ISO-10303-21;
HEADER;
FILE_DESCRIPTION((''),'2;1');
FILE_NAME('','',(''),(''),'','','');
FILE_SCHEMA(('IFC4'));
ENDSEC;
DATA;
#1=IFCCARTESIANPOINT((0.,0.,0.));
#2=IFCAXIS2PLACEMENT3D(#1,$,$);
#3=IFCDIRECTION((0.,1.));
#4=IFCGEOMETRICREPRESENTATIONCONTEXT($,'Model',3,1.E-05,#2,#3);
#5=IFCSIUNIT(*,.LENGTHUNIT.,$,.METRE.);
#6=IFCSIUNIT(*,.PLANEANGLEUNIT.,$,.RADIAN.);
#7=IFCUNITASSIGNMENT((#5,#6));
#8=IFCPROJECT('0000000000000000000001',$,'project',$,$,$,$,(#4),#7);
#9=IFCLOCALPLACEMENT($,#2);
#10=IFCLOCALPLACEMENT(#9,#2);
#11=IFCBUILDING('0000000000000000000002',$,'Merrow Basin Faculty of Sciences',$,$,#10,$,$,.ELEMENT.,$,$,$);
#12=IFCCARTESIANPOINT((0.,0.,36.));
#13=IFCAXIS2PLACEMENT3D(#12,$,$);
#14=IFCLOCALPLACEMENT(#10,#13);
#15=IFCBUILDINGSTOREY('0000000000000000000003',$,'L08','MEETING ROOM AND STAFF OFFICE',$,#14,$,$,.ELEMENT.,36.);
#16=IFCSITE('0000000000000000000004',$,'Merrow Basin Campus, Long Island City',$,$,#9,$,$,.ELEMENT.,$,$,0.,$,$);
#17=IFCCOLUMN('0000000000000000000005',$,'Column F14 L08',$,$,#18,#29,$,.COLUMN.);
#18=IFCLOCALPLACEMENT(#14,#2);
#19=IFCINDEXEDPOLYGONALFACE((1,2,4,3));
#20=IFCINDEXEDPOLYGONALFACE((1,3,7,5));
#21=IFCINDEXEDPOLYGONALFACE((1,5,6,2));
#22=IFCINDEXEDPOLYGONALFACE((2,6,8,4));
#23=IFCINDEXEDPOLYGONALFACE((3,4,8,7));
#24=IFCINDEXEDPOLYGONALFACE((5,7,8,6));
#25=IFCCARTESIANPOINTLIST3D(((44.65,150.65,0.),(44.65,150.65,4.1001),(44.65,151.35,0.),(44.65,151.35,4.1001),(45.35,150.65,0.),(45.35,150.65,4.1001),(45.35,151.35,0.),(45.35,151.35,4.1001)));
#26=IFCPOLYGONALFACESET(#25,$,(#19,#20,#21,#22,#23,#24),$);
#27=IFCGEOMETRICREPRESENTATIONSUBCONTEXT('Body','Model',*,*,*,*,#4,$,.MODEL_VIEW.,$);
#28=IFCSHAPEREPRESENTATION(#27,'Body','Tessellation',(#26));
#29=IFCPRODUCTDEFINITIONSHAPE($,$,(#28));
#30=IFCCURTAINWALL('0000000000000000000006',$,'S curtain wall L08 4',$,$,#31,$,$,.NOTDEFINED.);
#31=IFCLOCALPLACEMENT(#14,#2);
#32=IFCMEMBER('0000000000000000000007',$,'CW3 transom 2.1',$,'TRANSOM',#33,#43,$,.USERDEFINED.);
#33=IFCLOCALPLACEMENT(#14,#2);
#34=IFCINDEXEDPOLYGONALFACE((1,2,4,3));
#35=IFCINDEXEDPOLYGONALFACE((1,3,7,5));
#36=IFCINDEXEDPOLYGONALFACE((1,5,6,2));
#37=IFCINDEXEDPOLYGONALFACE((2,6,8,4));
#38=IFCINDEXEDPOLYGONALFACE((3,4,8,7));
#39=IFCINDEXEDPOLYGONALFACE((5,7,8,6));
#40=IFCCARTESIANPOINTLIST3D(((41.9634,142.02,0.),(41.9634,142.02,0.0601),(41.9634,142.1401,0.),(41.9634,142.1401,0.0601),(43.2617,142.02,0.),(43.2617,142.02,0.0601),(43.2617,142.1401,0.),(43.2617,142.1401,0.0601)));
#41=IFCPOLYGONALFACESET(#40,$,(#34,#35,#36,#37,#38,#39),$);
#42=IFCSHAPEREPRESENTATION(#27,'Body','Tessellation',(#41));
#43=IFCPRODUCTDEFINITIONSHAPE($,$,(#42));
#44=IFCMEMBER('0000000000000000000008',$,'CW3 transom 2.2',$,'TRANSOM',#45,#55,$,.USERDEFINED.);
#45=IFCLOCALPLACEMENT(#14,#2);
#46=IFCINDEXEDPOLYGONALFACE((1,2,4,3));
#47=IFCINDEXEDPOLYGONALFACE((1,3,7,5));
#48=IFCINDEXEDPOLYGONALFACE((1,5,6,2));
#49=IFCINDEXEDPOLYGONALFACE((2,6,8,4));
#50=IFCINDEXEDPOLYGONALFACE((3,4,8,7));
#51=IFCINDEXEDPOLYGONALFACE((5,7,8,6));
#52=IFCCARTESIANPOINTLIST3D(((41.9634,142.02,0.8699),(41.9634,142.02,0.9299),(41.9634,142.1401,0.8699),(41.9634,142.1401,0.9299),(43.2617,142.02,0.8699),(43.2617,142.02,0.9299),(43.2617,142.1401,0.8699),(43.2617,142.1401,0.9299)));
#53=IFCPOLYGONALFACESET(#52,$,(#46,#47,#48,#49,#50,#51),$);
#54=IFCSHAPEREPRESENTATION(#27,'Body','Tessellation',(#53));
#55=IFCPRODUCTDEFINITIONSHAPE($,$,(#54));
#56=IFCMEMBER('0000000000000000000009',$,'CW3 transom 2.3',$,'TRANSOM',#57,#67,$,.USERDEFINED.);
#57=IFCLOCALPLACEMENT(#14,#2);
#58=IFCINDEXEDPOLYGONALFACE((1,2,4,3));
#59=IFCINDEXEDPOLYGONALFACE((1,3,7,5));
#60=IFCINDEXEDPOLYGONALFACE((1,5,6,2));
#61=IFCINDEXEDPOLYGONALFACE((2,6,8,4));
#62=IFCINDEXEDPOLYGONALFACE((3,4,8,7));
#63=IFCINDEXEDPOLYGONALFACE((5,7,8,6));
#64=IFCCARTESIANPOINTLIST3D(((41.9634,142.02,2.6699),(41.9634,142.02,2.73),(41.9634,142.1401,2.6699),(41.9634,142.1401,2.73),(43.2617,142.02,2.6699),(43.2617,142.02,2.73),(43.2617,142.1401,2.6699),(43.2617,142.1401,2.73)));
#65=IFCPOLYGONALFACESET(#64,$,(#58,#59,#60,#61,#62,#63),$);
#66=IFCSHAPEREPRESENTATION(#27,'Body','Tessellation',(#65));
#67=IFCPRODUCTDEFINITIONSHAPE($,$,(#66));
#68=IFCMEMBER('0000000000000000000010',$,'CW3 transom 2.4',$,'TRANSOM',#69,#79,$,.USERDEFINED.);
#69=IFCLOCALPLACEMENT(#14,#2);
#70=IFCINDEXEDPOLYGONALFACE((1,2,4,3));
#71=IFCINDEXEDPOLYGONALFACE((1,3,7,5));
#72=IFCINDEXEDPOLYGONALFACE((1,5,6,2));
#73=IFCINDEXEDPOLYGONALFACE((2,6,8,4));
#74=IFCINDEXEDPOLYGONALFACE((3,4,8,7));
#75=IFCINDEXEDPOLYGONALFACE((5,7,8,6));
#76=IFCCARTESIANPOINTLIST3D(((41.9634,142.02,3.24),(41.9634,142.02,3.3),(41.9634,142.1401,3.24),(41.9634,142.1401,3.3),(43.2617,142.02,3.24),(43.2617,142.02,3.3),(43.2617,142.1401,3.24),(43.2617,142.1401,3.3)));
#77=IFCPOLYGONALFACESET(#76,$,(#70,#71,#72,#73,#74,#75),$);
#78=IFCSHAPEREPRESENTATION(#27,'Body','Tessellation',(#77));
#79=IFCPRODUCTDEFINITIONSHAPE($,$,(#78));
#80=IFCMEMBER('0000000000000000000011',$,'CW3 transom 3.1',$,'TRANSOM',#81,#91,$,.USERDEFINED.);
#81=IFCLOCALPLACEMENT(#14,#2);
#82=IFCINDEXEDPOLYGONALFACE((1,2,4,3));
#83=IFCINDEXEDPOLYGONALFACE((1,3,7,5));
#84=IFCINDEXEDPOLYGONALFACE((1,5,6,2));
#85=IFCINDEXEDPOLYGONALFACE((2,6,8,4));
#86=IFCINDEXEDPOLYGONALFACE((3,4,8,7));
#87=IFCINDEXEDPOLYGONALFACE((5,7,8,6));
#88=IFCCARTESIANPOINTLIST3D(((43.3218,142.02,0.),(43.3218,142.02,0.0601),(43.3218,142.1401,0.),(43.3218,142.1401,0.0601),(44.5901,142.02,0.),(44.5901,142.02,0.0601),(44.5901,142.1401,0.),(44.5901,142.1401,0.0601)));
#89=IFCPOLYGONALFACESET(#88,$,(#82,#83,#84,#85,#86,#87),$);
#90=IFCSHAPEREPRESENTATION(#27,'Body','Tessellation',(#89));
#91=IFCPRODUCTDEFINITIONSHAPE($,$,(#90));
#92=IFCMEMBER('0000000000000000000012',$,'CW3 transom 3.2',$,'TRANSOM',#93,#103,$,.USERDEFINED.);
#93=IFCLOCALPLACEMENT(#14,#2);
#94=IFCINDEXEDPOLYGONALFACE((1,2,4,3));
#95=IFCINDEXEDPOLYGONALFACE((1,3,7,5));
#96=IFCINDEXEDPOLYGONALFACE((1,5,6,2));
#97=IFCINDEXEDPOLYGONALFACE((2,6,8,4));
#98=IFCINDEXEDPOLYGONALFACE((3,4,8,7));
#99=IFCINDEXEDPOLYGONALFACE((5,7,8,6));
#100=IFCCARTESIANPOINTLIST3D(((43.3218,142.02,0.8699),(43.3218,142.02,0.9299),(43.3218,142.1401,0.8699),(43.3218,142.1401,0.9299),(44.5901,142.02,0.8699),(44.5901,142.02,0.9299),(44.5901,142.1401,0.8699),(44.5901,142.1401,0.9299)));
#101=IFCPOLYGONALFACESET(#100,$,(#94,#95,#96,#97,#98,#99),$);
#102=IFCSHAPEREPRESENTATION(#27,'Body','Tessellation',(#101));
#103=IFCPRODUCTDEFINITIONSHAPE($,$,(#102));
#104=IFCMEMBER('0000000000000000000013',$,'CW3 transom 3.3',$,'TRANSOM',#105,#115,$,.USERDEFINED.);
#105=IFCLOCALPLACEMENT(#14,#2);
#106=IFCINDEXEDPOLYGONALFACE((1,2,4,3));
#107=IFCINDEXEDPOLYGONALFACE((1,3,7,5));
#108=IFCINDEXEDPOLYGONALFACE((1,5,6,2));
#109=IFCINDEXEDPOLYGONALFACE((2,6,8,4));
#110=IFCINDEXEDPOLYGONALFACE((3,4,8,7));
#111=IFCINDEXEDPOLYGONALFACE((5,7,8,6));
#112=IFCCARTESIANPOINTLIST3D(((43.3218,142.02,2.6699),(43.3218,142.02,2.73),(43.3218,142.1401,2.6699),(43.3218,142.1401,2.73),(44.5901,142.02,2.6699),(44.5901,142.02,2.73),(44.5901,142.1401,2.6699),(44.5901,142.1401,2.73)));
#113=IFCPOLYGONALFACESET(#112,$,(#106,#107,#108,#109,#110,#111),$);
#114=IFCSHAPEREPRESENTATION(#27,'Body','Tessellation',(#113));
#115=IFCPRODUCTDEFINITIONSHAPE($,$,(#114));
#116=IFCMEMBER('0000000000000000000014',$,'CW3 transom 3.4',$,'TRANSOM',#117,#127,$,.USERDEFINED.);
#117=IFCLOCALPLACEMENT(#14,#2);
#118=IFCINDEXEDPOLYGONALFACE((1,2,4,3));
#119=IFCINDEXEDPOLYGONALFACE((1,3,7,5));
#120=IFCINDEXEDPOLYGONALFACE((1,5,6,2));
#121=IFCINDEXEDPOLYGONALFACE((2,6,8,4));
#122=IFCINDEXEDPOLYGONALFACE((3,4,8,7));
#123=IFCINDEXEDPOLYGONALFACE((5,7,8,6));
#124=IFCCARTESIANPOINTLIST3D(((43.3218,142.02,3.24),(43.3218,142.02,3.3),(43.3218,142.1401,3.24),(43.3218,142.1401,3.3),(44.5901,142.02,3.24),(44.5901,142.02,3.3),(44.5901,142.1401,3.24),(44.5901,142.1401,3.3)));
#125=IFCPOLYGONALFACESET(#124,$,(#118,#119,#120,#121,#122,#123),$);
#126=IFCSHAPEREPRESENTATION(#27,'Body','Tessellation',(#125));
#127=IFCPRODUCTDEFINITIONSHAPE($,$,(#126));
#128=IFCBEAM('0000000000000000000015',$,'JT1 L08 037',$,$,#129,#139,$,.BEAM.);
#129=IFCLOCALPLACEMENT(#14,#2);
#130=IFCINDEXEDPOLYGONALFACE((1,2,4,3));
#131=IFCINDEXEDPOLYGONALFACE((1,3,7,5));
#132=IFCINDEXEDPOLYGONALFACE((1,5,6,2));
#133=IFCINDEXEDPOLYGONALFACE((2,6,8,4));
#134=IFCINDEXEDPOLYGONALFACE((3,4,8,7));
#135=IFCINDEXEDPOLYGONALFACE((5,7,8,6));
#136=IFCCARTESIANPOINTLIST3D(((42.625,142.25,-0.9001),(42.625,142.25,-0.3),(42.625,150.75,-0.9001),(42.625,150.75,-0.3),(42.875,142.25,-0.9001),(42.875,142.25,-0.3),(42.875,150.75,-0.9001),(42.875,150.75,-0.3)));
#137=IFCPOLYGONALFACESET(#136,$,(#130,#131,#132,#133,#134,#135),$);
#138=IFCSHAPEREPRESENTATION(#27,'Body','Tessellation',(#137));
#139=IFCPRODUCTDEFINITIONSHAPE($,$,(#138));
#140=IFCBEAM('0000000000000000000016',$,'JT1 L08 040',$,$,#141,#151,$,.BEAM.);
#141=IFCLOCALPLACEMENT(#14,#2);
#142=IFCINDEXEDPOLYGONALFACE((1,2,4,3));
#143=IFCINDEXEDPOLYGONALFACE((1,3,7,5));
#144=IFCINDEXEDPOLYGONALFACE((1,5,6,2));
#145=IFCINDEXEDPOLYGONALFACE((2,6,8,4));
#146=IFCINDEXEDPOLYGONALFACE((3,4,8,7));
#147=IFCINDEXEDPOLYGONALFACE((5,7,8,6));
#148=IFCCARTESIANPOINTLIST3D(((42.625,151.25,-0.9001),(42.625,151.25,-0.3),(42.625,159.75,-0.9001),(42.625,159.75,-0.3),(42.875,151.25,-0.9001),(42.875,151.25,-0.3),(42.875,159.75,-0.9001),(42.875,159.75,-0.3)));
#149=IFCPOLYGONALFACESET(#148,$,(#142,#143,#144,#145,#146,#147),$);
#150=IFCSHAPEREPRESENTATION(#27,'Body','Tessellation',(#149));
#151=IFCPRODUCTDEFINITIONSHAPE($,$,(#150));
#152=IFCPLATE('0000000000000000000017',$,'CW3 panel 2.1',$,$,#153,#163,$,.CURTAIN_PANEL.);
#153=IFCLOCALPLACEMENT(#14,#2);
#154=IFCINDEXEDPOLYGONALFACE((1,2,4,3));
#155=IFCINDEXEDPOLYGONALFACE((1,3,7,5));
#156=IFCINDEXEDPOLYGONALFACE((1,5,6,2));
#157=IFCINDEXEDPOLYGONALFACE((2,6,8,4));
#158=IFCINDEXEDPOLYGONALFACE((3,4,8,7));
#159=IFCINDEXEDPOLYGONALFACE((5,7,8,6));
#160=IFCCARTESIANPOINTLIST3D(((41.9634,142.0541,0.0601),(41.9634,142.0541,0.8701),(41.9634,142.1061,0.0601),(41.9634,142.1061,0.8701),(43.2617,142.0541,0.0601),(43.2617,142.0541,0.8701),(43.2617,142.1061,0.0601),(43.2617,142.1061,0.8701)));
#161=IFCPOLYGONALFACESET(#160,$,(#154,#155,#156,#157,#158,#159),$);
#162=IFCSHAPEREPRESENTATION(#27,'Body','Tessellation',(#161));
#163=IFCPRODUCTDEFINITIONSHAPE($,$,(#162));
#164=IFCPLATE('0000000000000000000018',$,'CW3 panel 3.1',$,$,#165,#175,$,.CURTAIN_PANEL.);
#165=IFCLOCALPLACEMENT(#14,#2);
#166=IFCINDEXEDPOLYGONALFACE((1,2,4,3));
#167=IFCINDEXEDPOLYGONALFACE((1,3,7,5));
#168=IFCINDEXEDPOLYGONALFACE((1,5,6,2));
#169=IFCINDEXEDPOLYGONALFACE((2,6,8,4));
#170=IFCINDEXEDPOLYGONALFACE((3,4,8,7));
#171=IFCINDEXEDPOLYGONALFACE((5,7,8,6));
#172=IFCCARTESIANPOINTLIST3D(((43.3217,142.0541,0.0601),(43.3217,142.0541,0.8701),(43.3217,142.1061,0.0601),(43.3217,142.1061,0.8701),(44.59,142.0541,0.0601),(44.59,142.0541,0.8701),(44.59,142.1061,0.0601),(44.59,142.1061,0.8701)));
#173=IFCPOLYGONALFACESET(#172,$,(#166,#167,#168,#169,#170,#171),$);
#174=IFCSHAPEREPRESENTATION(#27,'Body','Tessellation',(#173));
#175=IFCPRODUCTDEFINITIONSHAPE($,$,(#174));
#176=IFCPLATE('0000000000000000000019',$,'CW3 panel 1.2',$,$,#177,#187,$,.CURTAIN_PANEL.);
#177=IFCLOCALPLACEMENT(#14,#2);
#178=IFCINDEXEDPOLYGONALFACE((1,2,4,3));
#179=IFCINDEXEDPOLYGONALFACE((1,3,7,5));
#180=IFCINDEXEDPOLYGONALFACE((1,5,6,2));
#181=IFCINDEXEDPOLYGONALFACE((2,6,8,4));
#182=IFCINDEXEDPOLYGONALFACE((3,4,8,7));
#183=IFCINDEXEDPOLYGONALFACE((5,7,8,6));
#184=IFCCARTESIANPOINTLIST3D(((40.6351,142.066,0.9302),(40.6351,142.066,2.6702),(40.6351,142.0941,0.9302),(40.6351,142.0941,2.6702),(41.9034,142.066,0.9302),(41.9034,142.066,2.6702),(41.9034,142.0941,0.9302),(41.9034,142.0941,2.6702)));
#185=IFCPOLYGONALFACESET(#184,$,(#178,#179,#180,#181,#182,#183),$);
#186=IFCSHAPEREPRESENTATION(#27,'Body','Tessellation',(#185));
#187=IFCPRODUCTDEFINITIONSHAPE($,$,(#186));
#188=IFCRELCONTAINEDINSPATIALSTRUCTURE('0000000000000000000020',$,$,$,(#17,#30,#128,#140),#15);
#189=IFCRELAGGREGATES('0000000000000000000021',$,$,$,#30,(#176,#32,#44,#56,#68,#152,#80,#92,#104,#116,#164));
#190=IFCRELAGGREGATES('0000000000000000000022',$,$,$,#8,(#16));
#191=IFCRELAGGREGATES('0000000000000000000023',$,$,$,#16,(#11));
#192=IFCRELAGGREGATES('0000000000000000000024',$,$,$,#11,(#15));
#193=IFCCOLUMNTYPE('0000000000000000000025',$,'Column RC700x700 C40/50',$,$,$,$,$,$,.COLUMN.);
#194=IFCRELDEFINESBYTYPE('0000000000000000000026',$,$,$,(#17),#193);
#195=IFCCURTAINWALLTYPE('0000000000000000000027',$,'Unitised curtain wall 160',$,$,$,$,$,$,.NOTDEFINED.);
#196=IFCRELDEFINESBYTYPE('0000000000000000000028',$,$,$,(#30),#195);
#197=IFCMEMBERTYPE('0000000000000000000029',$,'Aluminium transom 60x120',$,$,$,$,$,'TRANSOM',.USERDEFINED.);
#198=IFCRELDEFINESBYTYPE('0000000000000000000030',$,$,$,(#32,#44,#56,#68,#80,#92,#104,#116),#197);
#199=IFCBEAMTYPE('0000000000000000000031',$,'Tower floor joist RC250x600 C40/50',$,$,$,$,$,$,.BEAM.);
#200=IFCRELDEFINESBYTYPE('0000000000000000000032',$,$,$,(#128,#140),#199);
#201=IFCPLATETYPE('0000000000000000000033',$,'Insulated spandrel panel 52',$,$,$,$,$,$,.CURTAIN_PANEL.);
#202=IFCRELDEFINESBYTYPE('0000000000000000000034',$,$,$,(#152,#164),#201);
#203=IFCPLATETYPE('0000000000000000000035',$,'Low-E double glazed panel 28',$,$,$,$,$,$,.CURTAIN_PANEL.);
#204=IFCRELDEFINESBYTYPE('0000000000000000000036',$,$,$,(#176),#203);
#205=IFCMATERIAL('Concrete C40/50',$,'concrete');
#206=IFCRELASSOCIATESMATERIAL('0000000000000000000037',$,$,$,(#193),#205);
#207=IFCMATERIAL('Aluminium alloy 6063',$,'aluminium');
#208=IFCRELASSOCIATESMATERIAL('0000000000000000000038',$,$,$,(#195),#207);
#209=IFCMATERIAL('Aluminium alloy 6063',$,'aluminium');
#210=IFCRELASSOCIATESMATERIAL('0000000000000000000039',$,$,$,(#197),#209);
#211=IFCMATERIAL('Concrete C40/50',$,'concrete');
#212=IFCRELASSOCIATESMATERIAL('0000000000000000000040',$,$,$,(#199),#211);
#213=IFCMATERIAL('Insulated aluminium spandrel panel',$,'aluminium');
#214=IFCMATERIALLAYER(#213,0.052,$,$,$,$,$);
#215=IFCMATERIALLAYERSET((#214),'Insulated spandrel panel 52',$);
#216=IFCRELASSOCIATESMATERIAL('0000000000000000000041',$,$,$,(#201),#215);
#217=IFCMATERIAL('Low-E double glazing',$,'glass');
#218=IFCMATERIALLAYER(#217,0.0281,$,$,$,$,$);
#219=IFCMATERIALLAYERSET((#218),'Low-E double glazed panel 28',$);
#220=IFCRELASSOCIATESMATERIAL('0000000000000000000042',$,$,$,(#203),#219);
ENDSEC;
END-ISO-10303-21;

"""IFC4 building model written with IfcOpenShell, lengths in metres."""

from ifc_helpers import new_model, si_unit, direction, frame, origin, origin_2d, place, context, subcontext, project, spatial, rectangle, extrude, material, layer, layer_set, material_profile, profile_set, type_object, element, aggregate, save


model = new_model("IFC4")

# Units and contexts
model_context = context("Model", 3, precision=1e-05, world=origin(), true_north=direction((0.0, 1.0)))
body_context = subcontext(model_context, "Body", "Model", "MODEL_VIEW")
ifc_project = project(units=[si_unit("LENGTHUNIT", "METRE"), si_unit("PLANEANGLEUNIT", "RADIAN")], contexts=[model_context])

# Site, building, storey
site_placement = place(None, origin())
site = spatial("IfcSite", under=ifc_project, at=site_placement, Name="Merrow Basin Campus, Long Island City", CompositionType="ELEMENT", RefElevation=0.0)
building_placement = place(site_placement, origin())
building = spatial("IfcBuilding", under=site, at=building_placement, Name="Merrow Basin Faculty of Sciences", CompositionType="ELEMENT")
storey_placement = place(building_placement, frame((0.0, 0.0, 36.0)))
storey = spatial("IfcBuildingStorey", under=building, at=storey_placement, Name="L08", Description="MEETING ROOM AND STAFF OFFICE", CompositionType="ELEMENT", Elevation=36.0)

# Column
ifc_material_1 = material(Name="Concrete C40/50", Category="concrete")
ifc_material_profile_1 = material_profile(ifc_material_1, rectangle(XDim=0.7, YDim=0.7, at=origin_2d()))
ifc_profile_set_1 = profile_set([ifc_material_profile_1], Name="Concrete C40/50")
column_type = type_object("IfcColumnType", Name="Column RC700x700 C40/50", PredefinedType="COLUMN", material=ifc_profile_set_1)
column_placement = place(storey_placement, frame((45.0, 151.0, 0.0), z_axis=(0.0, 0.0, 1.0), x_axis=(1.0, 0.0, 0.0)))
element("IfcColumn", 1, at=column_placement, inside=storey, type_object=column_type, Name="Column F14 L08", PredefinedType="COLUMN", context=body_context, shape_type="SweptSolid", body=[
    extrude(rectangle(XDim=0.7, YDim=0.7, at=origin_2d()), origin(), (0.0, 0.0, 1.0), 4.1001),
])

# Curtain wall, members
ifc_material_2 = material(Name="Aluminium alloy 6063", Category="aluminium")
curtain_wall_type = type_object("IfcCurtainWallType", Name="Unitised curtain wall 160", PredefinedType="NOTDEFINED", material=ifc_material_2)
curtain_wall_placement = place(storey_placement, origin())
curtain_wall = element("IfcCurtainWall", 2, at=curtain_wall_placement, inside=storey, type_object=curtain_wall_type, Name="S curtain wall L08 4", PredefinedType="NOTDEFINED")
ifc_material_3 = material(Name="Aluminium alloy 6063", Category="aluminium")
ifc_material_profile_2 = material_profile(ifc_material_3, rectangle(XDim=0.1201, YDim=0.0601, at=origin_2d()))
ifc_profile_set_2 = profile_set([ifc_material_profile_2], Name="Aluminium alloy 6063")
member_type = type_object("IfcMemberType", Name="Aluminium transom 60x120", ElementType="TRANSOM", PredefinedType="USERDEFINED", material=ifc_profile_set_2)
member_1_placement = place(storey_placement, frame((41.9634, 142.0801, 0.03), z_axis=(1.0, 0.0, 0.0), x_axis=(0.0, 1.0, 0.0)))
member_1 = element("IfcMember", 3, at=member_1_placement, type_object=member_type, Name="CW3 transom 2.1", ObjectType="TRANSOM", PredefinedType="USERDEFINED", context=body_context, shape_type="SweptSolid", body=[
    extrude(rectangle(XDim=0.1201, YDim=0.0601, at=origin_2d()), origin(), (0.0, 0.0, 1.0), 1.2983),
])
member_2_placement = place(storey_placement, frame((41.9634, 142.0801, 0.8999), z_axis=(1.0, 0.0, 0.0), x_axis=(0.0, 1.0, 0.0)))
member_2 = element("IfcMember", 4, at=member_2_placement, type_object=member_type, Name="CW3 transom 2.2", ObjectType="TRANSOM", PredefinedType="USERDEFINED", context=body_context, shape_type="SweptSolid", body=[
    extrude(rectangle(XDim=0.1201, YDim=0.0601, at=origin_2d()), origin(), (0.0, 0.0, 1.0), 1.2983),
])
member_3_placement = place(storey_placement, frame((41.9634, 142.0801, 2.7), z_axis=(1.0, 0.0, 0.0), x_axis=(0.0, 1.0, 0.0)))
member_3 = element("IfcMember", 5, at=member_3_placement, type_object=member_type, Name="CW3 transom 2.3", ObjectType="TRANSOM", PredefinedType="USERDEFINED", context=body_context, shape_type="SweptSolid", body=[
    extrude(rectangle(XDim=0.1201, YDim=0.0601, at=origin_2d()), origin(), (0.0, 0.0, 1.0), 1.2983),
])
member_4_placement = place(storey_placement, frame((41.9634, 142.0801, 3.27), z_axis=(1.0, 0.0, 0.0), x_axis=(0.0, 1.0, 0.0)))
member_4 = element("IfcMember", 6, at=member_4_placement, type_object=member_type, Name="CW3 transom 2.4", ObjectType="TRANSOM", PredefinedType="USERDEFINED", context=body_context, shape_type="SweptSolid", body=[
    extrude(rectangle(XDim=0.1201, YDim=0.0601, at=origin_2d()), origin(), (0.0, 0.0, 1.0), 1.2983),
])
member_5_placement = place(storey_placement, frame((43.3218, 142.0801, 0.03), z_axis=(1.0, 0.0, 0.0), x_axis=(0.0, 1.0, 0.0)))
member_5 = element("IfcMember", 7, at=member_5_placement, type_object=member_type, Name="CW3 transom 3.1", ObjectType="TRANSOM", PredefinedType="USERDEFINED", context=body_context, shape_type="SweptSolid", body=[
    extrude(rectangle(XDim=0.1201, YDim=0.0601, at=origin_2d()), origin(), (0.0, 0.0, 1.0), 1.2683),
])
member_6_placement = place(storey_placement, frame((43.3218, 142.0801, 0.8999), z_axis=(1.0, 0.0, 0.0), x_axis=(0.0, 1.0, 0.0)))
member_6 = element("IfcMember", 8, at=member_6_placement, type_object=member_type, Name="CW3 transom 3.2", ObjectType="TRANSOM", PredefinedType="USERDEFINED", context=body_context, shape_type="SweptSolid", body=[
    extrude(rectangle(XDim=0.1201, YDim=0.0601, at=origin_2d()), origin(), (0.0, 0.0, 1.0), 1.2683),
])
member_7_placement = place(storey_placement, frame((43.3218, 142.0801, 2.7), z_axis=(1.0, 0.0, 0.0), x_axis=(0.0, 1.0, 0.0)))
member_7 = element("IfcMember", 9, at=member_7_placement, type_object=member_type, Name="CW3 transom 3.3", ObjectType="TRANSOM", PredefinedType="USERDEFINED", context=body_context, shape_type="SweptSolid", body=[
    extrude(rectangle(XDim=0.1201, YDim=0.0601, at=origin_2d()), origin(), (0.0, 0.0, 1.0), 1.2683),
])
member_8_placement = place(storey_placement, frame((43.3218, 142.0801, 3.27), z_axis=(1.0, 0.0, 0.0), x_axis=(0.0, 1.0, 0.0)))
member_8 = element("IfcMember", 10, at=member_8_placement, type_object=member_type, Name="CW3 transom 3.4", ObjectType="TRANSOM", PredefinedType="USERDEFINED", context=body_context, shape_type="SweptSolid", body=[
    extrude(rectangle(XDim=0.1201, YDim=0.0601, at=origin_2d()), origin(), (0.0, 0.0, 1.0), 1.2683),
])

# Beams
ifc_material_4 = material(Name="Concrete C40/50", Category="concrete")
ifc_material_profile_3 = material_profile(ifc_material_4, rectangle(XDim=0.25, YDim=0.6001, at=origin_2d()))
ifc_profile_set_3 = profile_set([ifc_material_profile_3], Name="Concrete C40/50")
beam_type = type_object("IfcBeamType", Name="Tower floor joist RC250x600 C40/50", PredefinedType="BEAM", material=ifc_profile_set_3)
for number, where, z_axis, x_axis, name in (
    (11, (42.75, 142.25, -0.6001), (0.0, 1.0, 0.0), (-1.0, 0.0, 0.0), "JT1 L08 037"),
    (12, (42.75, 151.25, -0.6001), (0.0, 1.0, 0.0), (-1.0, 0.0, 0.0), "JT1 L08 040"),
):
    element("IfcBeam", number, at=place(storey_placement, frame(where, z_axis=z_axis, x_axis=x_axis)), inside=storey, type_object=beam_type, Name=name, PredefinedType="BEAM", context=body_context, shape_type="SweptSolid", body=[
        extrude(rectangle(XDim=0.25, YDim=0.6001, at=origin_2d()), origin(), (0.0, 0.0, 1.0), 8.5),
    ])

# Plates
ifc_material_5 = material(Name="Insulated aluminium spandrel panel", Category="aluminium")
ifc_layer_1 = layer(ifc_material_5, 0.052)
ifc_layer_set_1 = layer_set([ifc_layer_1], Name="Insulated spandrel panel 52")
plate_type_1 = type_object("IfcPlateType", Name="Insulated spandrel panel 52", PredefinedType="CURTAIN_PANEL", material=ifc_layer_set_1)
plate_1_placement = place(storey_placement, frame((42.6125, 142.0801, 0.0601), z_axis=(0.0, 0.0, 1.0), x_axis=(1.0, 0.0, 0.0)))
plate_1 = element("IfcPlate", 13, at=plate_1_placement, type_object=plate_type_1, Name="CW3 panel 2.1", PredefinedType="CURTAIN_PANEL", context=body_context, shape_type="SweptSolid", body=[
    extrude(rectangle(XDim=1.2983, YDim=0.052, at=origin_2d()), origin(), (0.0, 0.0, 1.0), 0.8101),
])
plate_2_placement = place(storey_placement, frame((43.9558, 142.0801, 0.0601), z_axis=(0.0, 0.0, 1.0), x_axis=(1.0, 0.0, 0.0)))
plate_2 = element("IfcPlate", 14, at=plate_2_placement, type_object=plate_type_1, Name="CW3 panel 3.1", PredefinedType="CURTAIN_PANEL", context=body_context, shape_type="SweptSolid", body=[
    extrude(rectangle(XDim=1.2683, YDim=0.052, at=origin_2d()), origin(), (0.0, 0.0, 1.0), 0.8101),
])
ifc_material_6 = material(Name="Low-E double glazing", Category="glass")
ifc_layer_2 = layer(ifc_material_6, 0.0281)
ifc_layer_set_2 = layer_set([ifc_layer_2], Name="Low-E double glazed panel 28")
plate_type_2 = type_object("IfcPlateType", Name="Low-E double glazed panel 28", PredefinedType="CURTAIN_PANEL", material=ifc_layer_set_2)
plate_3_placement = place(storey_placement, frame((41.2693, 142.0801, 0.9302), z_axis=(0.0, 0.0, 1.0), x_axis=(1.0, 0.0, 0.0)))
plate_3 = element("IfcPlate", 15, at=plate_3_placement, type_object=plate_type_2, Name="CW3 panel 1.2", PredefinedType="CURTAIN_PANEL", context=body_context, shape_type="SweptSolid", body=[
    extrude(rectangle(XDim=1.2683, YDim=0.0281, at=origin_2d()), origin(), (0.0, 0.0, 1.0), 1.74),
])
aggregate(curtain_wall, [plate_3, member_1, member_2, member_3, member_4, plate_1, member_5, member_6, member_7, member_8, plate_2])

save(model, "model.ifc")
